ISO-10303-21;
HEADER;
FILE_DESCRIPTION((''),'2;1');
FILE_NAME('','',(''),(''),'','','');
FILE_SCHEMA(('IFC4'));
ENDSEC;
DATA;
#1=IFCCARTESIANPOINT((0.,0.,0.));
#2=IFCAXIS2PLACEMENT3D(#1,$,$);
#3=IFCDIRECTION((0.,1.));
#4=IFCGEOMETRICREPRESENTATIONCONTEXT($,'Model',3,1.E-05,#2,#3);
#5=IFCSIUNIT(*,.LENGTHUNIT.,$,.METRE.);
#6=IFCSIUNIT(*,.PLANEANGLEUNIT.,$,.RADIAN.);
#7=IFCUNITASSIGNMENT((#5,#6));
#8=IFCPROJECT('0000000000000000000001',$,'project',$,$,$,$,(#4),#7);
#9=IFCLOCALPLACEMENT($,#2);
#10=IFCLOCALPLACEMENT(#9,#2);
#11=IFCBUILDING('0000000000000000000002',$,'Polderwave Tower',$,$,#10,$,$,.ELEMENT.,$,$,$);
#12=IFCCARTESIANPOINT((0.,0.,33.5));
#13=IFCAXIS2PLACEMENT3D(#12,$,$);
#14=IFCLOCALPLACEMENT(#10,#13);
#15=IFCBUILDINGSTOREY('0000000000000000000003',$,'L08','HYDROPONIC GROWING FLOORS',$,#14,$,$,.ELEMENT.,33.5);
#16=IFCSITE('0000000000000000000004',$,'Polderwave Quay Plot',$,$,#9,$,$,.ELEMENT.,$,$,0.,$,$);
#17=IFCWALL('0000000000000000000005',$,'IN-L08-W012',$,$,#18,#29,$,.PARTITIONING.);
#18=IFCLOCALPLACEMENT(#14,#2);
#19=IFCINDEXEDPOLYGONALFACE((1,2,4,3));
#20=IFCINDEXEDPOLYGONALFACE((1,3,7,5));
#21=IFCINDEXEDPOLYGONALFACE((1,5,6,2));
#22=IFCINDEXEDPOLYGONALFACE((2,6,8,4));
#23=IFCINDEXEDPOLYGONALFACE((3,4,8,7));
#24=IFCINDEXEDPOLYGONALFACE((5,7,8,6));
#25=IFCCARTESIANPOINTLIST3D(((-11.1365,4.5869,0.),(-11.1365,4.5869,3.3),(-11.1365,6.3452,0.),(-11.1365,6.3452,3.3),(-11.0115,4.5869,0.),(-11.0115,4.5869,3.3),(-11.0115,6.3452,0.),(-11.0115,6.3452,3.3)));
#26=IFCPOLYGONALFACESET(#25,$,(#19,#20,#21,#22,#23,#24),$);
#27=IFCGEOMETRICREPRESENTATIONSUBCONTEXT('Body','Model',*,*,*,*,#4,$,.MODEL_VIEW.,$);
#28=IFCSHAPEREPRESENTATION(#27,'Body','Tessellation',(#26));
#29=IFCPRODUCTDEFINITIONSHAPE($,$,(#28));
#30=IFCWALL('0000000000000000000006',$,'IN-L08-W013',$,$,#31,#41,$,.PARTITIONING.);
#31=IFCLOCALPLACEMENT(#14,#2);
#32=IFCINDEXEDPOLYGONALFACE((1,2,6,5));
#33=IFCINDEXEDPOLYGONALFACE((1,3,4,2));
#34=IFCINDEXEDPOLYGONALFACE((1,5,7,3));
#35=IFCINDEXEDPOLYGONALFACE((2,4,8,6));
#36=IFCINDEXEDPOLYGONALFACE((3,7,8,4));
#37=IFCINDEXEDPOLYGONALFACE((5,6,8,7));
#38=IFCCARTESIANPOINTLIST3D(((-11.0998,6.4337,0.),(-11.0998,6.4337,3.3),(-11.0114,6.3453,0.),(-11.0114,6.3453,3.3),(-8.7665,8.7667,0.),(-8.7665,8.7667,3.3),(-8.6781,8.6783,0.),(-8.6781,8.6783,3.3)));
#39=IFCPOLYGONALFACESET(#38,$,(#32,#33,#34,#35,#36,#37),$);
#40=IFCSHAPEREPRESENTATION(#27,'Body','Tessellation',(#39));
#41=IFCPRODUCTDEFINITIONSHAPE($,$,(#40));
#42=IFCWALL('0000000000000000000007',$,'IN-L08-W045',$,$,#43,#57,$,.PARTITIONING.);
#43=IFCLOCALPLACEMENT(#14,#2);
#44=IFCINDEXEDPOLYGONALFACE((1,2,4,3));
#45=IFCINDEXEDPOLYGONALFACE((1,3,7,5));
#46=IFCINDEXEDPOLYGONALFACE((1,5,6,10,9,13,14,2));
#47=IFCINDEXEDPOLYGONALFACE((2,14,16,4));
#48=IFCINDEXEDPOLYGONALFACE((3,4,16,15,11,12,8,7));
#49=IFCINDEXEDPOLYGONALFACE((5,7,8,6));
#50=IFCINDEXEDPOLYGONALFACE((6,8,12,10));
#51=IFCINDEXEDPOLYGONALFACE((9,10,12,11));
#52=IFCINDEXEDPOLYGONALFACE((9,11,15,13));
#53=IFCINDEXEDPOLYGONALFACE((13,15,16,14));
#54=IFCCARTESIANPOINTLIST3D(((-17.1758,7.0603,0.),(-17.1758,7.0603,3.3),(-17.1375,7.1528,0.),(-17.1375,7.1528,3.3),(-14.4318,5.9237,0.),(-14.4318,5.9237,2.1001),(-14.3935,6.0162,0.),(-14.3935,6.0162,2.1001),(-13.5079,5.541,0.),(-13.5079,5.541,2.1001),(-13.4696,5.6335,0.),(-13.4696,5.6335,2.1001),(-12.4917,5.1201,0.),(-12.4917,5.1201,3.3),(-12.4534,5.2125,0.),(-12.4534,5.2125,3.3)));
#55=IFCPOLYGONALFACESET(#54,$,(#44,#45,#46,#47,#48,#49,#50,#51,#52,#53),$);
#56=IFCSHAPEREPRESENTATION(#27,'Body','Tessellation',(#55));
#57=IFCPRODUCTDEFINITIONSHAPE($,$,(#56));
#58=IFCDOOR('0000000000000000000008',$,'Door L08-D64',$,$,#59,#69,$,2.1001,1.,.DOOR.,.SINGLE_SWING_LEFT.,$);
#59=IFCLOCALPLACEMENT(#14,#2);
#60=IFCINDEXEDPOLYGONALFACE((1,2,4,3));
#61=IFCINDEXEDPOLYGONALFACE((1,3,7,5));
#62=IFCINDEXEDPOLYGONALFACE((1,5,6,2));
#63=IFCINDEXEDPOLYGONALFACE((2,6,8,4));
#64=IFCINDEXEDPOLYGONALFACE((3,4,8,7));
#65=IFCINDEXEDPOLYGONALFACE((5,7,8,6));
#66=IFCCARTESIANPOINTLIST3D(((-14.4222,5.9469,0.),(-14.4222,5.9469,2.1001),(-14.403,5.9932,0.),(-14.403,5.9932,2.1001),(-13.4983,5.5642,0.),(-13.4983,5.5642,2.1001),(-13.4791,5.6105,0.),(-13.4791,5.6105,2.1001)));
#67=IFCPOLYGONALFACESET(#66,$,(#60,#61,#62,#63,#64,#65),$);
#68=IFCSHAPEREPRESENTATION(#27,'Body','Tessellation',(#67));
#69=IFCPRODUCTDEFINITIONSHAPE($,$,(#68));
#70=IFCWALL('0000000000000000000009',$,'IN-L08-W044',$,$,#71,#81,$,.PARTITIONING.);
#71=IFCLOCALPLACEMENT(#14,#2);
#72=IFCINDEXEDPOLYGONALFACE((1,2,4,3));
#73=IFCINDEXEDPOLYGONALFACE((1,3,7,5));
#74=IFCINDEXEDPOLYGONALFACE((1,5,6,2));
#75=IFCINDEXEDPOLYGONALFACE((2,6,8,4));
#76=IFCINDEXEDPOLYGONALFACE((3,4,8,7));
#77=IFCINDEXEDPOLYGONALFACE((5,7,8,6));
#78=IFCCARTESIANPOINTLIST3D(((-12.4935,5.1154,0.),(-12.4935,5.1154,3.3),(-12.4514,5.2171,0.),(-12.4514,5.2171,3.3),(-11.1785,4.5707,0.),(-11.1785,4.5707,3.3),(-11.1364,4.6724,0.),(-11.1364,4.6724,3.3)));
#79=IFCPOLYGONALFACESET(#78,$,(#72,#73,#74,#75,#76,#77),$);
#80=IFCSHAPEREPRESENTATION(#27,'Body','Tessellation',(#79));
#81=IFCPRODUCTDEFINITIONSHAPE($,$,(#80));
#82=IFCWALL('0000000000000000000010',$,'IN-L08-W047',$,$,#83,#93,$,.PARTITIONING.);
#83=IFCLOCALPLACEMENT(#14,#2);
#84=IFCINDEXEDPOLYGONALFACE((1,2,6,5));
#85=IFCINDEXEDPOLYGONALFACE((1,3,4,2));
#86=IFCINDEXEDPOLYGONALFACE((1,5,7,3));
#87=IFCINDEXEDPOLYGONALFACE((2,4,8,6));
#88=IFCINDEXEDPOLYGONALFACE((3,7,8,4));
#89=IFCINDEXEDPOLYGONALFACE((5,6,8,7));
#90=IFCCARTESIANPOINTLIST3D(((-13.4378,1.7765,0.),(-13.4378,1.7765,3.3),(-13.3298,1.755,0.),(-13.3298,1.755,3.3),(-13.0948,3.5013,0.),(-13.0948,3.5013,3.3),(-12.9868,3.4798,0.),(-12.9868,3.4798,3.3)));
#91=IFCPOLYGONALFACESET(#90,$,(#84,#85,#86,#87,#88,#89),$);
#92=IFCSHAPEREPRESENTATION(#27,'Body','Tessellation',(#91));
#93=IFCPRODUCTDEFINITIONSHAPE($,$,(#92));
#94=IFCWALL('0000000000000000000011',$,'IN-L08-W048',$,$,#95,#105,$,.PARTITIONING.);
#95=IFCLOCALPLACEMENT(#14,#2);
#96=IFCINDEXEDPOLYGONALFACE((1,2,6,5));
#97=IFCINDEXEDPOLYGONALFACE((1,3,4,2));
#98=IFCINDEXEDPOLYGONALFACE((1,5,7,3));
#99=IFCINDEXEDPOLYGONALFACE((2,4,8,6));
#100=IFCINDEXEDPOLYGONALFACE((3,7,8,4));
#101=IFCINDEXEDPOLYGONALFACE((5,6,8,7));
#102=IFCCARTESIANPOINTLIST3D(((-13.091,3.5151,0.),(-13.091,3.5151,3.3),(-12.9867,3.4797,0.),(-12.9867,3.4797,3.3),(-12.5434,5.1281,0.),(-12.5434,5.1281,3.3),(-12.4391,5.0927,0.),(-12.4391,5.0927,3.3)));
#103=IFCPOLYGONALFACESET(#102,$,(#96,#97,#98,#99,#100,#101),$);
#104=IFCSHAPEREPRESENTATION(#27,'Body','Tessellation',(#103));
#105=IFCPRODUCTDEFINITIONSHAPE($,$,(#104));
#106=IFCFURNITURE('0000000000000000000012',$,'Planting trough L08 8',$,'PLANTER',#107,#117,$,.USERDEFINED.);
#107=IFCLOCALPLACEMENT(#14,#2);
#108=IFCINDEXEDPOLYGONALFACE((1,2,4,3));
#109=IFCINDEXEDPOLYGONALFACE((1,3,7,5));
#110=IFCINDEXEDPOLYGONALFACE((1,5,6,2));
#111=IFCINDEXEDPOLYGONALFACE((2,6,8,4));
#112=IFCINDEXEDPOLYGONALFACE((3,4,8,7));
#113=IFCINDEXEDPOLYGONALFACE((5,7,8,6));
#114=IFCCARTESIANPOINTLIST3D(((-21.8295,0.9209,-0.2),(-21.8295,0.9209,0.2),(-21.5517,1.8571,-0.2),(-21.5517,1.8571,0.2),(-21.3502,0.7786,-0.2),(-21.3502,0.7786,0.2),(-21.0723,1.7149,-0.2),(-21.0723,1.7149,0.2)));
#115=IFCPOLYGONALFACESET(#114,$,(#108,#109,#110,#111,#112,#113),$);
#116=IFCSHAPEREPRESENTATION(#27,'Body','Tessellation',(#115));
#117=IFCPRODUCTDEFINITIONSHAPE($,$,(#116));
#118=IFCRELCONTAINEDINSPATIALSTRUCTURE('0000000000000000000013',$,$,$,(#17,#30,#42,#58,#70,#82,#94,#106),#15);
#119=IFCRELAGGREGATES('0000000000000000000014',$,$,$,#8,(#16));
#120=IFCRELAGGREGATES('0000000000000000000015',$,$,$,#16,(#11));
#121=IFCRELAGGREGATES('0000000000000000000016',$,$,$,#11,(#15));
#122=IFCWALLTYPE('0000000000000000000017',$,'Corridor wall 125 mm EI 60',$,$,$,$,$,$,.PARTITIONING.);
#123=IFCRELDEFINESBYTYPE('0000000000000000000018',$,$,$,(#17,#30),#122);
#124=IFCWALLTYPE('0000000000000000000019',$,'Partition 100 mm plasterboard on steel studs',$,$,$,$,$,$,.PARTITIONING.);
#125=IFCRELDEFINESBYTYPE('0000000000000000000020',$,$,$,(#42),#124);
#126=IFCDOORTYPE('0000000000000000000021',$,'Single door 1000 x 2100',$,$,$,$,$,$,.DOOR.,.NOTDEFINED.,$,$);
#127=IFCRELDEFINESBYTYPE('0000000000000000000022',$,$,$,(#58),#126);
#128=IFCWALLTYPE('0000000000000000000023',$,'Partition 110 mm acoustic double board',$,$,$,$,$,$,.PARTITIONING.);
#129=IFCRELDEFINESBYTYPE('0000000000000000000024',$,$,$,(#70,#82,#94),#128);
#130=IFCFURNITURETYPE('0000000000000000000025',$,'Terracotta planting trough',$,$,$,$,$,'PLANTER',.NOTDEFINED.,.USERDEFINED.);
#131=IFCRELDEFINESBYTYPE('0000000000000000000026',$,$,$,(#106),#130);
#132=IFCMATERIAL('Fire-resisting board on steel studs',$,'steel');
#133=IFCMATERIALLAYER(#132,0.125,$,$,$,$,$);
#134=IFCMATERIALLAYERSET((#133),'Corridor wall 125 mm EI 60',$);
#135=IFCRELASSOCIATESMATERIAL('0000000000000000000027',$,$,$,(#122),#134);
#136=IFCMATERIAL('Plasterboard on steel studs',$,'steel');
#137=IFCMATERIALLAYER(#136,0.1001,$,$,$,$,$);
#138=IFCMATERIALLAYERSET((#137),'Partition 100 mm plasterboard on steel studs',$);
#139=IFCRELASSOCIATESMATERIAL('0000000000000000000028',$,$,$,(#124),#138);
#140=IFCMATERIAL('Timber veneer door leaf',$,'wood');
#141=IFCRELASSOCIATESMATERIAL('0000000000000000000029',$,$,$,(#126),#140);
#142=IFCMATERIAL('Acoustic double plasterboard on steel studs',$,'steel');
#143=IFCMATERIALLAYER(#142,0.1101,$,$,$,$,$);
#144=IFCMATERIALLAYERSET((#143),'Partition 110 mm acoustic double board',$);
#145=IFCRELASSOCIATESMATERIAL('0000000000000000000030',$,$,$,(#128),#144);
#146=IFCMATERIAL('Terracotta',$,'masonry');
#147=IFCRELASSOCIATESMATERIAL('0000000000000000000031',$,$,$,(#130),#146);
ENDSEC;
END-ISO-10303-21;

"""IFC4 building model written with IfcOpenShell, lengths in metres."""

from ifc_helpers import new_model, si_unit, direction, frame, frame_2d, origin, origin_2d, place, context, subcontext, project, spatial, rectangle, extrude, material, layer, layer_set, type_object, element, fill, save


model = new_model("IFC4")

# Units and contexts
model_context = context("Model", 3, precision=1e-05, world=origin(), true_north=direction((0.0, 1.0)))
body_context = subcontext(model_context, "Body", "Model", "MODEL_VIEW")
ifc_project = project(units=[si_unit("LENGTHUNIT", "METRE"), si_unit("PLANEANGLEUNIT", "RADIAN")], contexts=[model_context])

# Site, building, storey
site_placement = place(None, origin())
site = spatial("IfcSite", under=ifc_project, at=site_placement, Name="Polderwave Quay Plot", CompositionType="ELEMENT", RefElevation=0.0)
building_placement = place(site_placement, origin())
building = spatial("IfcBuilding", under=site, at=building_placement, Name="Polderwave Tower", CompositionType="ELEMENT")
storey_placement = place(building_placement, frame((0.0, 0.0, 33.5)))
storey = spatial("IfcBuildingStorey", under=building, at=storey_placement, Name="L08", Description="HYDROPONIC GROWING FLOORS", CompositionType="ELEMENT", Elevation=33.5)

# Shared definitions
ifc_material_1 = material(Name="Fire-resisting board on steel studs", Category="steel")
ifc_layer_1 = layer(ifc_material_1, 0.125)
ifc_layer_set_1 = layer_set([ifc_layer_1], Name="Corridor wall 125 mm EI 60")
wall_type_1 = type_object("IfcWallType", Name="Corridor wall 125 mm EI 60", PredefinedType="PARTITIONING", material=ifc_layer_set_1)

# Walls
wall_1_placement = place(storey_placement, frame((-11.074, 4.5869, 0.0), z_axis=(0.0, 0.0, 1.0), x_axis=(0.0, 1.0, 0.0)))
element("IfcWall", 1, at=wall_1_placement, inside=storey, type_object=wall_type_1, Name="IN-L08-W012", PredefinedType="PARTITIONING", context=body_context, shape_type="SweptSolid", body=[
    extrude(rectangle(XDim=1.7583, YDim=0.125, at=frame_2d((0.8792, 0.0))), origin(), (0.0, 0.0, 1.0), 3.3),
])
wall_2_placement = place(storey_placement, frame((-11.0557, 6.3894, 0.0), z_axis=(0.0, 0.0, 1.0), x_axis=(0.707144, 0.70707, 0.0)))
element("IfcWall", 2, at=wall_2_placement, inside=storey, type_object=wall_type_1, Name="IN-L08-W013", PredefinedType="PARTITIONING", context=body_context, shape_type="SweptSolid", body=[
    extrude(rectangle(XDim=3.2996, YDim=0.125, at=frame_2d((1.6499, 0.0))), origin(), (0.0, 0.0, 1.0), 3.3),
])

# Wall, opening, door
ifc_material_2 = material(Name="Plasterboard on steel studs", Category="steel")
ifc_layer_2 = layer(ifc_material_2, 0.1001)
ifc_layer_set_2 = layer_set([ifc_layer_2], Name="Partition 100 mm plasterboard on steel studs")
wall_type_2 = type_object("IfcWallType", Name="Partition 100 mm plasterboard on steel studs", PredefinedType="PARTITIONING", material=ifc_layer_set_2)
wall_3_placement = place(storey_placement, frame((-12.4724, 5.1663, 0.0), z_axis=(0.0, 0.0, 1.0), x_axis=(-0.923881, 0.382679, 0.0)))
wall_3 = element("IfcWall", 3, at=wall_3_placement, inside=storey, type_object=wall_type_2, Name="IN-L08-W045", PredefinedType="PARTITIONING", context=body_context, shape_type="SweptSolid", body=[
    extrude(rectangle(XDim=5.0701, YDim=0.1001, at=frame_2d((2.5352, 0.0))), origin(), (0.0, 0.0, 1.0), 3.3),
])
opening_1_placement = place(wall_3_placement, frame((1.1001, 0.0, 0.0)))
opening_1 = element("IfcOpeningElement", 4, at=opening_1_placement, cuts=wall_3, PredefinedType="OPENING", context=body_context, shape_type="SweptSolid", body=[
    extrude(rectangle(XDim=1.0, YDim=2.1001, at=frame_2d((0.5, 1.05))), frame((0.0, 0.0601, 0.0), z_axis=(0.0, -1.0, 0.0), x_axis=(1.0, 0.0, 0.0)), (0.0, 0.0, 1.0), 0.1201),
])
ifc_material_3 = material(Name="Timber veneer door leaf", Category="wood")
door_type_1 = type_object("IfcDoorType", Name="Single door 1000 x 2100", OperationType="NOTDEFINED", PredefinedType="DOOR", material=ifc_material_3)
door_1_placement = place(opening_1_placement, origin())
door_1 = element("IfcDoor", 5, at=door_1_placement, inside=storey, type_object=door_type_1, Name="Door L08-D64", OperationType="SINGLE_SWING_LEFT", OverallHeight=2.1001, OverallWidth=1.0, PredefinedType="DOOR", context=body_context, shape_type="SweptSolid", body=[
    extrude(rectangle(XDim=1.0, YDim=2.1001, at=frame_2d((0.5, 1.05))), frame((0.0, 0.0249, 0.0), z_axis=(0.0, -1.0, 0.0), x_axis=(1.0, 0.0, 0.0)), (0.0, 0.0, 1.0), 0.05),
])
fill(opening_1, door_1)

# Walls
ifc_material_4 = material(Name="Acoustic double plasterboard on steel studs", Category="steel")
ifc_layer_3 = layer(ifc_material_4, 0.1101)
ifc_layer_set_3 = layer_set([ifc_layer_3], Name="Partition 110 mm acoustic double board")
wall_type_3 = type_object("IfcWallType", Name="Partition 110 mm acoustic double board", PredefinedType="PARTITIONING", material=ifc_layer_set_3)
wall_4_placement = place(storey_placement, frame((-11.1575, 4.6216, 0.0), z_axis=(0.0, 0.0, 1.0), x_axis=(-0.923877, 0.38269, 0.0)))
element("IfcWall", 6, at=wall_4_placement, inside=storey, type_object=wall_type_3, Name="IN-L08-W044", PredefinedType="PARTITIONING", context=body_context, shape_type="SweptSolid", body=[
    extrude(rectangle(XDim=1.4233, YDim=0.1101, at=frame_2d((0.7117, 0.0))), origin(), (0.0, 0.0, 1.0), 3.3),
])
wall_5_placement = place(storey_placement, frame((-13.3838, 1.7656, 0.0), z_axis=(0.0, 0.0, 1.0), x_axis=(0.195048, 0.980794, 0.0)))
element("IfcWall", 7, at=wall_5_placement, inside=storey, type_object=wall_type_3, Name="IN-L08-W047", PredefinedType="PARTITIONING", context=body_context, shape_type="SweptSolid", body=[
    extrude(rectangle(XDim=1.7585, YDim=0.1101, at=frame_2d((0.8794, 0.0))), origin(), (0.0, 0.0, 1.0), 3.3),
])
wall_6_placement = place(storey_placement, frame((-13.0388, 3.4976, 0.0), z_axis=(0.0, 0.0, 1.0), x_axis=(0.321468, 0.94692, 0.0)))
element("IfcWall", 8, at=wall_6_placement, inside=storey, type_object=wall_type_3, Name="IN-L08-W048", PredefinedType="PARTITIONING", context=body_context, shape_type="SweptSolid", body=[
    extrude(rectangle(XDim=1.7034, YDim=0.1101, at=frame_2d((0.8516, 0.0))), origin(), (0.0, 0.0, 1.0), 3.3),
])

# Furniture
ifc_material_5 = material(Name="Terracotta", Category="masonry")
furniture_type = type_object("IfcFurnitureType", Name="Terracotta planting trough", ElementType="PLANTER", AssemblyPlace="NOTDEFINED", PredefinedType="USERDEFINED", material=ifc_material_5)
furniture_placement = place(storey_placement, frame((-21.4509, 1.3179, -0.2), z_axis=(0.0, 0.0, 1.0), x_axis=(-0.284489, -0.958679, 0.0)))
element("IfcFurniture", 9, at=furniture_placement, inside=storey, type_object=furniture_type, Name="Planting trough L08 8", ObjectType="PLANTER", PredefinedType="USERDEFINED", context=body_context, shape_type="SweptSolid", body=[
    extrude(rectangle(XDim=0.9766, YDim=0.5, at=origin_2d()), origin(), (0.0, 0.0, 1.0), 0.3999),
])

save(model, "model.ifc")
